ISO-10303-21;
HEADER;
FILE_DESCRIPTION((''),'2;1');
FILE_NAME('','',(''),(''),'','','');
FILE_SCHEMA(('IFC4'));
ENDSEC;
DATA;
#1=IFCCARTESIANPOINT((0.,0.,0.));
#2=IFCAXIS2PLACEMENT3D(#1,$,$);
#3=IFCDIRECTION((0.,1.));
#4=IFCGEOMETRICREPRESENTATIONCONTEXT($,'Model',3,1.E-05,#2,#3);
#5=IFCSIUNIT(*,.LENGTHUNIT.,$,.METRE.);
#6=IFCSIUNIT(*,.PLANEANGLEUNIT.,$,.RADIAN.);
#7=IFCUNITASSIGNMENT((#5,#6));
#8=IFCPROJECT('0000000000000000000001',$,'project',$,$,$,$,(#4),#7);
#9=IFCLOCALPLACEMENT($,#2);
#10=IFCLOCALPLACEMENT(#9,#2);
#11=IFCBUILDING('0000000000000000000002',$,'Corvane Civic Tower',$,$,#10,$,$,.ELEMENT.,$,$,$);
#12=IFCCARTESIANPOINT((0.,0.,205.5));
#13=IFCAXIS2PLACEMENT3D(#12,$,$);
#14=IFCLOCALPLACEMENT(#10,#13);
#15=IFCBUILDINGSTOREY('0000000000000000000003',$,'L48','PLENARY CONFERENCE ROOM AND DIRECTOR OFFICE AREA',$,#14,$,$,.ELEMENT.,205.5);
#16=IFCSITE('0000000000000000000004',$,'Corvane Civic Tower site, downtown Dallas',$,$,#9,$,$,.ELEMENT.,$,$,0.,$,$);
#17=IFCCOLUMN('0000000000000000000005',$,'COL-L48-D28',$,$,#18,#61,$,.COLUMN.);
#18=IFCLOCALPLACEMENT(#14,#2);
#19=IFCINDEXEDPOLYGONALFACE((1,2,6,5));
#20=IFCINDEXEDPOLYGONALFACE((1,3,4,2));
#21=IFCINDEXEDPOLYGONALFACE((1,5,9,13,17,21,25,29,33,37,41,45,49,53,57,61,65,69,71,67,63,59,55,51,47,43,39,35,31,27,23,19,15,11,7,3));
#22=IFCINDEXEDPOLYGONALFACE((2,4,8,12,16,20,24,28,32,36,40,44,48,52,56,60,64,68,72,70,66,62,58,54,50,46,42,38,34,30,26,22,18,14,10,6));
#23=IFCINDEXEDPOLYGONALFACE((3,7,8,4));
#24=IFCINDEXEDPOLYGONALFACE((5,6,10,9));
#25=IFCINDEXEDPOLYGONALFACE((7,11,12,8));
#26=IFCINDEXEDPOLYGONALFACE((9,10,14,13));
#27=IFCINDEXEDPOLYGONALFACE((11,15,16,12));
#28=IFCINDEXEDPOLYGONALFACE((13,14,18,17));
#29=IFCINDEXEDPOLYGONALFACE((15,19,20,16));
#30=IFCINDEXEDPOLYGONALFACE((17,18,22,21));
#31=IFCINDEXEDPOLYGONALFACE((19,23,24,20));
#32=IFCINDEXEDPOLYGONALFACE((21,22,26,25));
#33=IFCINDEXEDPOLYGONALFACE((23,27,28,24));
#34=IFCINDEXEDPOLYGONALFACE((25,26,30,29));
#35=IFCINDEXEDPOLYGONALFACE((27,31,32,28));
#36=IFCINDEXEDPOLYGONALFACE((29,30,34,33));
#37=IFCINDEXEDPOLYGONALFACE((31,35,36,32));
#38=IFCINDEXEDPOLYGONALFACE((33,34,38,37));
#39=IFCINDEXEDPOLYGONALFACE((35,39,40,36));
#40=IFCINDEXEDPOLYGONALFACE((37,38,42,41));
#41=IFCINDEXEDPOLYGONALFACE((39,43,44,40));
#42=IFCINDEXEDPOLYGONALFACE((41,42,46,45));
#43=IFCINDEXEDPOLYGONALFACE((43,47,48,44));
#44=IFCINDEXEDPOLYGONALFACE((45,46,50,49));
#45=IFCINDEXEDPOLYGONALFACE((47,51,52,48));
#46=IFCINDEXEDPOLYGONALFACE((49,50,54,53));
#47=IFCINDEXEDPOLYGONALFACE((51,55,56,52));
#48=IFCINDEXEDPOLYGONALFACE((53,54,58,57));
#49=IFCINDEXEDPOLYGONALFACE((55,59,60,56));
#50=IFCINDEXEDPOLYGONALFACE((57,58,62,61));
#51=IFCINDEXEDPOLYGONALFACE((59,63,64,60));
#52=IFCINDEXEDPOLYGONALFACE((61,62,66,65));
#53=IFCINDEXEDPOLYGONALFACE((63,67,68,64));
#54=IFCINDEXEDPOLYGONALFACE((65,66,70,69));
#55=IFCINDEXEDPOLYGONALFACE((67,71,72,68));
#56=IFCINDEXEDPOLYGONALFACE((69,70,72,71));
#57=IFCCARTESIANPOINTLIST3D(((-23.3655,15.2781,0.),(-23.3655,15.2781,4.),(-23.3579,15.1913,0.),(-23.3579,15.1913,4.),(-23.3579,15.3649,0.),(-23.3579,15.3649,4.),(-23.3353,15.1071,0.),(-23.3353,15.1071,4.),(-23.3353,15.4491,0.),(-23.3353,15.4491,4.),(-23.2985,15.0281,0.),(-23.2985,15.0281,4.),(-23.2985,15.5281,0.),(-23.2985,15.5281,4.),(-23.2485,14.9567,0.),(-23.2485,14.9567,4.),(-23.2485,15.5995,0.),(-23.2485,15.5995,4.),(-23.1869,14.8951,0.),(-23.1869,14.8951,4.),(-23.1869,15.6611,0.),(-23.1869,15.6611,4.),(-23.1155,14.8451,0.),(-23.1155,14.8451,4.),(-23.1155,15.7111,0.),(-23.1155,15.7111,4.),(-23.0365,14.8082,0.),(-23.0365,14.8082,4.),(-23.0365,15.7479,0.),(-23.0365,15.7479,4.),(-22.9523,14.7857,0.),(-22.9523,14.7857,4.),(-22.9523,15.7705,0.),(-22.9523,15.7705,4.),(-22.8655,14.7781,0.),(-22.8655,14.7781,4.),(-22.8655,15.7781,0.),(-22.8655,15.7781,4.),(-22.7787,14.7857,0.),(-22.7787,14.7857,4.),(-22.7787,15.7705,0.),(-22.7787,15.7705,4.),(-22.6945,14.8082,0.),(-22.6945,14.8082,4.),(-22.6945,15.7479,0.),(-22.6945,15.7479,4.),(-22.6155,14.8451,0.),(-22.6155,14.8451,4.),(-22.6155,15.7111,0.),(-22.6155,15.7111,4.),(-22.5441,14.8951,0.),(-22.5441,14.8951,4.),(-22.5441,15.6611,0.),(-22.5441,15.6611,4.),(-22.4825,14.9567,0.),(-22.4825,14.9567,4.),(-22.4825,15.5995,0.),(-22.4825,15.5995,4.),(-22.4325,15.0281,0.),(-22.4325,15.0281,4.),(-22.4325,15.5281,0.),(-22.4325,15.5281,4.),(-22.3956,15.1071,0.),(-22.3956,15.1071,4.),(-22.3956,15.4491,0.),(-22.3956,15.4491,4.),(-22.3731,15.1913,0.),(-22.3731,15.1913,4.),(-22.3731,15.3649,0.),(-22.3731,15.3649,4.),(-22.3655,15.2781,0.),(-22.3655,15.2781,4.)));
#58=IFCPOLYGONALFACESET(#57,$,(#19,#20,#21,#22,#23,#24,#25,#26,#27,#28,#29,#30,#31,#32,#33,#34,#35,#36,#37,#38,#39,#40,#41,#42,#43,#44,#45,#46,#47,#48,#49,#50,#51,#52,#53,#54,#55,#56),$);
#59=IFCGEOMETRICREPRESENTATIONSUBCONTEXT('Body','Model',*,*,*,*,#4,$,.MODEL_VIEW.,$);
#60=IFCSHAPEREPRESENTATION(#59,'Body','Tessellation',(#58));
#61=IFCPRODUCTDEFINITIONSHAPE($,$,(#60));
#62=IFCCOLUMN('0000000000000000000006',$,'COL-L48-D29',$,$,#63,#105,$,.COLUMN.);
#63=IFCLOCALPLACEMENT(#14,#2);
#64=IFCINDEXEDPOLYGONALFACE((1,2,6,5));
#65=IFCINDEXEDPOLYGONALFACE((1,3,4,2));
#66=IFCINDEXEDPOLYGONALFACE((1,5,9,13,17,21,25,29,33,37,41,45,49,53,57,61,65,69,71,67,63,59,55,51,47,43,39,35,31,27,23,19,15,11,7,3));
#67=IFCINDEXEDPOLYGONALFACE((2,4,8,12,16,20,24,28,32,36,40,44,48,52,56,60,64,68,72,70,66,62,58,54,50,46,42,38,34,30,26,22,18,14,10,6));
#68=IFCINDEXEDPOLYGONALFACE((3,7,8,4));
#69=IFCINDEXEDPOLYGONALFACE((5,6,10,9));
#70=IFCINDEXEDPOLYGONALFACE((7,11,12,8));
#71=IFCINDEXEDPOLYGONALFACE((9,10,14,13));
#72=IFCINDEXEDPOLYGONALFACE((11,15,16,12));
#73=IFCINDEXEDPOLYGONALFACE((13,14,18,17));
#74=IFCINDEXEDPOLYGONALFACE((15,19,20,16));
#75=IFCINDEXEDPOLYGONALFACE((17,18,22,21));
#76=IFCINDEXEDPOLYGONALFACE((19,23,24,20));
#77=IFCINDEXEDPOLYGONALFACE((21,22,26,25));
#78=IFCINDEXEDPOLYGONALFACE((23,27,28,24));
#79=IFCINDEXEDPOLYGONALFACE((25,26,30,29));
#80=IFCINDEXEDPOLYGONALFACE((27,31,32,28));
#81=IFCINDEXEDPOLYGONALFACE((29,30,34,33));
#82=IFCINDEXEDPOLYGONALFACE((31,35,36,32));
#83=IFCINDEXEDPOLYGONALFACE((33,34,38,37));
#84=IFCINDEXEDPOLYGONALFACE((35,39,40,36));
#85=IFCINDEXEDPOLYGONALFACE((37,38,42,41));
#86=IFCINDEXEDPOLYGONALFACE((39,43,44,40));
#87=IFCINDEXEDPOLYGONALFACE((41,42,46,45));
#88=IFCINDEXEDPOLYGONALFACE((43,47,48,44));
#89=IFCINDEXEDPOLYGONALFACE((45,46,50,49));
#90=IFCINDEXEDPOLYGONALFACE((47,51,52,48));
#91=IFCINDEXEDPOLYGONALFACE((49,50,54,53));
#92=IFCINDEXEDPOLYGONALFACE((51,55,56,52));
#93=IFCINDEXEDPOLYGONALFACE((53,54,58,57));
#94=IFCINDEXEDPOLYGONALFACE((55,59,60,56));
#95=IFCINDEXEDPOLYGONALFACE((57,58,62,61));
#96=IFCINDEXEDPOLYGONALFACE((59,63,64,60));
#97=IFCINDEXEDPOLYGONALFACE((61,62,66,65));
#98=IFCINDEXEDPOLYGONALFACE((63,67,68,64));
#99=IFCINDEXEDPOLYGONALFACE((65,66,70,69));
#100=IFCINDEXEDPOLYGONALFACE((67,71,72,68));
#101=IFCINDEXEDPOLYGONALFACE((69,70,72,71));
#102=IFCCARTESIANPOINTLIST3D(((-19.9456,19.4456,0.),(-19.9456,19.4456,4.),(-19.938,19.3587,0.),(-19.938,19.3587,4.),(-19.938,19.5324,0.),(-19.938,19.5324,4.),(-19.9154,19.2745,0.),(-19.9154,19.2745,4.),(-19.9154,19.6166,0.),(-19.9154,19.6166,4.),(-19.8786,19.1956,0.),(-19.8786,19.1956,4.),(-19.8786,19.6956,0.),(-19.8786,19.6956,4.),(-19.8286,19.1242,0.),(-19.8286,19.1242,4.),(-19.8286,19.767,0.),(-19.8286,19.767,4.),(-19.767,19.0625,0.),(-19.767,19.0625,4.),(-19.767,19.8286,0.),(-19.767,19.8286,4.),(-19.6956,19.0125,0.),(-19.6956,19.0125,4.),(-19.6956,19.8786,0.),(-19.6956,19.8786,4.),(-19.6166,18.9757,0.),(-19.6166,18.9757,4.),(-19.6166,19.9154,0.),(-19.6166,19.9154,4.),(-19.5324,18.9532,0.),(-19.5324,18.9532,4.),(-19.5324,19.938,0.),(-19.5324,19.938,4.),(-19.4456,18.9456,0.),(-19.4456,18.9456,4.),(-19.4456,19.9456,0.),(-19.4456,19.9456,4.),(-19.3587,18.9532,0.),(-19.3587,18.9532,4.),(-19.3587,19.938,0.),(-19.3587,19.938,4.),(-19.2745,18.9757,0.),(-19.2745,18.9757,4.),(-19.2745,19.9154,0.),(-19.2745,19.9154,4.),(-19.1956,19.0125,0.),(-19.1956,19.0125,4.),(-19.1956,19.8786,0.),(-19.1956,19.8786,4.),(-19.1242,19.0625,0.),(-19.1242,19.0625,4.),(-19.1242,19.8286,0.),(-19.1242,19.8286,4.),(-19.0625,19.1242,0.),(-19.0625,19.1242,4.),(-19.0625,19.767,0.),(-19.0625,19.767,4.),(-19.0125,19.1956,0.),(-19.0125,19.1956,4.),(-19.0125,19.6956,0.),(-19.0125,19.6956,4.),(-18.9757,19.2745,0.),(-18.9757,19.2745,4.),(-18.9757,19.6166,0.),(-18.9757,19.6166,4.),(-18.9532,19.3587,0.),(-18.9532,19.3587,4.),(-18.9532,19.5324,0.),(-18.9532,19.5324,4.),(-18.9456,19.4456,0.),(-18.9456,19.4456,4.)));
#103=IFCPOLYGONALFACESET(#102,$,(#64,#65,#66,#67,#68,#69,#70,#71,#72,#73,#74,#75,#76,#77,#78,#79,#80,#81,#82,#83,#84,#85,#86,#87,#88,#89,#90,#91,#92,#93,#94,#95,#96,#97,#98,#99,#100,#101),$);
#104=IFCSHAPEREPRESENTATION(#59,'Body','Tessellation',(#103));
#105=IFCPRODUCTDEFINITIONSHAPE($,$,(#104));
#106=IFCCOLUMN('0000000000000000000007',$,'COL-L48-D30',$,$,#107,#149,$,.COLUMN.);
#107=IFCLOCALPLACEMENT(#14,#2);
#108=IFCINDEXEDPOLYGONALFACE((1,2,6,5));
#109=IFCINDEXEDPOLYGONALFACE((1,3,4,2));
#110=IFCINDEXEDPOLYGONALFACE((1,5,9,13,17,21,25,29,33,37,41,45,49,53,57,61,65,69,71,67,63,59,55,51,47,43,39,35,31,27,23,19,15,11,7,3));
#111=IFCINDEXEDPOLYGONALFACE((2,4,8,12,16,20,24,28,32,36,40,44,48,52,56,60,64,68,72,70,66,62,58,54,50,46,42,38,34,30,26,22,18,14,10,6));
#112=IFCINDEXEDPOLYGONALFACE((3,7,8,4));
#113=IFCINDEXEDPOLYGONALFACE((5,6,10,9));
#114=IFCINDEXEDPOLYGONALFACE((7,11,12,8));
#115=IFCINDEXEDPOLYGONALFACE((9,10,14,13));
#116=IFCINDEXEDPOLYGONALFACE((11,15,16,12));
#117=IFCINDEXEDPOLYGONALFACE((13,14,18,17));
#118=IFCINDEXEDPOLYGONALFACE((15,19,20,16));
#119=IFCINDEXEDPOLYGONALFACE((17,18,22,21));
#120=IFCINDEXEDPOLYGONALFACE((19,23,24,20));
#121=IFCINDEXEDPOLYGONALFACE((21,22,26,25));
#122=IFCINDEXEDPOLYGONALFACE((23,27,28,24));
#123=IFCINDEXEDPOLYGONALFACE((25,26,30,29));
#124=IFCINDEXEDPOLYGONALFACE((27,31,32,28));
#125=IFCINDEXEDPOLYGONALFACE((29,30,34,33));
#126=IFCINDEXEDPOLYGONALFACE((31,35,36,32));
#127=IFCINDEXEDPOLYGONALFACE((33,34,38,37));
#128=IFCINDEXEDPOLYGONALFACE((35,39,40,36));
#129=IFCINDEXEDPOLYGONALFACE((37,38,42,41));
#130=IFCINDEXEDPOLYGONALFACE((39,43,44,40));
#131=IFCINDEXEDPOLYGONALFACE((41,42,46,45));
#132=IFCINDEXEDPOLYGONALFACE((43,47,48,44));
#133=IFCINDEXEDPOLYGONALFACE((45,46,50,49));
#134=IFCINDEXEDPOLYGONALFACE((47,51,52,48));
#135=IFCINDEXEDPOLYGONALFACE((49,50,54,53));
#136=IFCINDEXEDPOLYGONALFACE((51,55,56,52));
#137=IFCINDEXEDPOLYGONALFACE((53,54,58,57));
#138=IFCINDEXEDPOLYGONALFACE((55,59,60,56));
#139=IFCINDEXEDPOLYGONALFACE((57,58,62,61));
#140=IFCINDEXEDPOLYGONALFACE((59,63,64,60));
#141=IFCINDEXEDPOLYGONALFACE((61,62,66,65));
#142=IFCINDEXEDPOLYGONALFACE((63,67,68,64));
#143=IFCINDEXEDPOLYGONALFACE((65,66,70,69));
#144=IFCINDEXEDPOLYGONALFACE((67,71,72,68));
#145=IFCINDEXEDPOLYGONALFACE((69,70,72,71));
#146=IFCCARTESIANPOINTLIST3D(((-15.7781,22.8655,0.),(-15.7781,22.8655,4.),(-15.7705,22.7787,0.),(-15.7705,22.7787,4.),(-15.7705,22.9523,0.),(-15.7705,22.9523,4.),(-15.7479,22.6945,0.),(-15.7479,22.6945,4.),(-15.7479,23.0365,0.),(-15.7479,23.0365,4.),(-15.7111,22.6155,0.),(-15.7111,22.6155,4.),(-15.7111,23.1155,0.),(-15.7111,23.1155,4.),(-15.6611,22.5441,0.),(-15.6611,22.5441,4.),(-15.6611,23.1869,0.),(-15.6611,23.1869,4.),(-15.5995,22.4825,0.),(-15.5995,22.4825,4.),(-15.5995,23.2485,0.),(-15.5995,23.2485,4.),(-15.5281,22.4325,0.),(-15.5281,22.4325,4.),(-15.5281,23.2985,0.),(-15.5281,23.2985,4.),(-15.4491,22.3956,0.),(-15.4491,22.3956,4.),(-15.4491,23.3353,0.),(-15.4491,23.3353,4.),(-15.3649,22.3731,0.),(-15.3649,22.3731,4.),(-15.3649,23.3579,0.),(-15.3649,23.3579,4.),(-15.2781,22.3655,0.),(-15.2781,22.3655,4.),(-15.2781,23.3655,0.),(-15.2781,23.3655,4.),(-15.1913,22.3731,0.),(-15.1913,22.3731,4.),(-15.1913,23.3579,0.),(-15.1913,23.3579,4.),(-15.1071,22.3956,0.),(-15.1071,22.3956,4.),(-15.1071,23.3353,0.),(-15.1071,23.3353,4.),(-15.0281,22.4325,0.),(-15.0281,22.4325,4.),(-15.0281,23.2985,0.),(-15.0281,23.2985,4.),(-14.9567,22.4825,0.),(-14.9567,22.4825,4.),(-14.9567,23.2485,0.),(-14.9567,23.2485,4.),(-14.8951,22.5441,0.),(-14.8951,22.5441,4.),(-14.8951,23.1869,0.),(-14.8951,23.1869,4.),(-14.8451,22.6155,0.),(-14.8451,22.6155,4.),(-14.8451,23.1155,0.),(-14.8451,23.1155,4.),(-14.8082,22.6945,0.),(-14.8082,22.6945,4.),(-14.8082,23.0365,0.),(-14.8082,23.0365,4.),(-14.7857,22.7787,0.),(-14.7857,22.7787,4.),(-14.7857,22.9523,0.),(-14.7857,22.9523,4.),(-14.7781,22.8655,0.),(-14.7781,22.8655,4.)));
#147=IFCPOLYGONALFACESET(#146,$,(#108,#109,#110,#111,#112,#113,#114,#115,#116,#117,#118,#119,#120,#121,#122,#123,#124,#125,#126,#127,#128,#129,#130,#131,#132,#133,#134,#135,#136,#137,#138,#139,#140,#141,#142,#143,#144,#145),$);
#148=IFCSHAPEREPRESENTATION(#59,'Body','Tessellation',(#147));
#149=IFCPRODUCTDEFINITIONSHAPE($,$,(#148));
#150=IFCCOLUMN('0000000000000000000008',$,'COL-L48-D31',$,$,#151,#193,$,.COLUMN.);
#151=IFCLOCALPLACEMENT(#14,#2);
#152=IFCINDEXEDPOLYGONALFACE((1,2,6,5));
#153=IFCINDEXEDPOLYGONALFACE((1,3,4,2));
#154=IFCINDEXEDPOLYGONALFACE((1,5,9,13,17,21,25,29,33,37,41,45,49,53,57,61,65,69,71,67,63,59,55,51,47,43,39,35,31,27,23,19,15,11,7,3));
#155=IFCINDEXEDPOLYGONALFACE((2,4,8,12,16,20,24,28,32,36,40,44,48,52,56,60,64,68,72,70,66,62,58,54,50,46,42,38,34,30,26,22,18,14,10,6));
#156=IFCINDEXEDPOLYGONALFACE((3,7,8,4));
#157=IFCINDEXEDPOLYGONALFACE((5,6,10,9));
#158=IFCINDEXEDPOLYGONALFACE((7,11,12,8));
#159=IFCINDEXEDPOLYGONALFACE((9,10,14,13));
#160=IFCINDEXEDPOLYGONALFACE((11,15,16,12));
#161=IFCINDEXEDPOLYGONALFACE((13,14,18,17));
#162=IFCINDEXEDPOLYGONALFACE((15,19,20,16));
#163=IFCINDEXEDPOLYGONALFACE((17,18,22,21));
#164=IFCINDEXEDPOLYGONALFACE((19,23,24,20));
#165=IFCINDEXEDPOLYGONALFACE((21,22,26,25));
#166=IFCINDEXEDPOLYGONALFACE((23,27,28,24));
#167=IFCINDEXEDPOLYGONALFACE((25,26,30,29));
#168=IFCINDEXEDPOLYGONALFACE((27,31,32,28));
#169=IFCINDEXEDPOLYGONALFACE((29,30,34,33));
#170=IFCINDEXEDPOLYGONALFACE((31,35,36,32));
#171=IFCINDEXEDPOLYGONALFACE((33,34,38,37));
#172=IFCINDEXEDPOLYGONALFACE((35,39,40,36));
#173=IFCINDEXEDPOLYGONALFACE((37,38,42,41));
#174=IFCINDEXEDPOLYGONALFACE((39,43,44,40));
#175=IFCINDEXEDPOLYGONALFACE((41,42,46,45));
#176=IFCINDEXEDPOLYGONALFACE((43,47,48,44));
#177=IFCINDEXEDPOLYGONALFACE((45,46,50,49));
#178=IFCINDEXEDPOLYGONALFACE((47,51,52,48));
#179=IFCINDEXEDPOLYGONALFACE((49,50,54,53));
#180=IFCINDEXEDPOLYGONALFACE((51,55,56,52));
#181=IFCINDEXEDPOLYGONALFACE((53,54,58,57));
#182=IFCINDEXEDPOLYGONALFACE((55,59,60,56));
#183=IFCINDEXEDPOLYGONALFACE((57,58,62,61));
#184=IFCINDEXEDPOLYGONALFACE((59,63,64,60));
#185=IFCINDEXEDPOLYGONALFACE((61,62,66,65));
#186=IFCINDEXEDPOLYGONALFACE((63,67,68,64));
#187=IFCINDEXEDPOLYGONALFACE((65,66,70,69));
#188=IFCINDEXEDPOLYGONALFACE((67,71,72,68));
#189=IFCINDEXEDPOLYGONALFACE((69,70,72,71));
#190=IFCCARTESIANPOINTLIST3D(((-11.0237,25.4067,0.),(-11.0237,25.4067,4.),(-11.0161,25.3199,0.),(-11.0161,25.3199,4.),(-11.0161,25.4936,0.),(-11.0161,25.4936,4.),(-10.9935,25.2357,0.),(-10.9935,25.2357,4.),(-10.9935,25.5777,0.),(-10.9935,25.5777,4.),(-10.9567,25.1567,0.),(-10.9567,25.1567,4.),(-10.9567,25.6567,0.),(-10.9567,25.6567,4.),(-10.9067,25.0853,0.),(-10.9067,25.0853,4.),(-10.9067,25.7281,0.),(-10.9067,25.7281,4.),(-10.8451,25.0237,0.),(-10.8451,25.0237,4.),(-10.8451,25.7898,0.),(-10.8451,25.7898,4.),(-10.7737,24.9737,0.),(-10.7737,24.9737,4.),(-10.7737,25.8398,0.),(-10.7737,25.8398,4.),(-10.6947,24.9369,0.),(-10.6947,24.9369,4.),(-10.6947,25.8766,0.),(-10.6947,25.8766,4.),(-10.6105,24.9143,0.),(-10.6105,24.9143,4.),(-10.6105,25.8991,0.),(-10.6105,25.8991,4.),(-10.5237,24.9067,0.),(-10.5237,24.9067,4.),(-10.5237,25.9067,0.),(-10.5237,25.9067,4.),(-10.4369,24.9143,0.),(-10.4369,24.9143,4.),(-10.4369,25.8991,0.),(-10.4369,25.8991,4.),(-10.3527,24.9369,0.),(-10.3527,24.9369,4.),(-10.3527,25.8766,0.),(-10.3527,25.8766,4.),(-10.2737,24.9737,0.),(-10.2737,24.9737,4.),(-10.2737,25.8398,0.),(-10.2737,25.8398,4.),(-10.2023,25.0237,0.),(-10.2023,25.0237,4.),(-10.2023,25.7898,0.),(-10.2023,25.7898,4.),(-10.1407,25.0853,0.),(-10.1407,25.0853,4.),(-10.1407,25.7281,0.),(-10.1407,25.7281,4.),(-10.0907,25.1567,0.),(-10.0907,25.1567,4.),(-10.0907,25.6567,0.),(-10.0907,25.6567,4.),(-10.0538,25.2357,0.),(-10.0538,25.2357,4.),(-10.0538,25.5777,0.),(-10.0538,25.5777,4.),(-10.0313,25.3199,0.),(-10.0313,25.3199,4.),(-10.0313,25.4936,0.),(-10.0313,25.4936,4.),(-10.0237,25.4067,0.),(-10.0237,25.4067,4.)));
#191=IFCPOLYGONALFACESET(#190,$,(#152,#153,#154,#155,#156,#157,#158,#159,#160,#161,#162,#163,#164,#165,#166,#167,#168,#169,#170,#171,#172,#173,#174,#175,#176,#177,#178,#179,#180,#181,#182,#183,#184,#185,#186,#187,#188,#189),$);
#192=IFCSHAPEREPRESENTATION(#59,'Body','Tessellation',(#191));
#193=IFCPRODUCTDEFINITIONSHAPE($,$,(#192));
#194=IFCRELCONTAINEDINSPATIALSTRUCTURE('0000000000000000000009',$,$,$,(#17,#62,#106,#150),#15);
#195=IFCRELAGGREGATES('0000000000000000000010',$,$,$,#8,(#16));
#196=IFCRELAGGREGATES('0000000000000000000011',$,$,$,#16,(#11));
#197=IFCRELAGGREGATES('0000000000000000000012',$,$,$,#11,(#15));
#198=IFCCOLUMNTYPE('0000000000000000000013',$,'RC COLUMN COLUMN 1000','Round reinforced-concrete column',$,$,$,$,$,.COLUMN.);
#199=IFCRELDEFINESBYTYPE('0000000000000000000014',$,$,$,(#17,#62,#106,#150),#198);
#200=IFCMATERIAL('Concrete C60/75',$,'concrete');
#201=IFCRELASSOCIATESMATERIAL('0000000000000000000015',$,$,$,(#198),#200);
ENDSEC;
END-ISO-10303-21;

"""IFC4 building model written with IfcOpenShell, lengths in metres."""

from ifc_helpers import new_model, si_unit, direction, frame, origin, origin_2d, place, context, subcontext, project, spatial, circle, extrude, material, material_profile, profile_set, type_object, element, save


model = new_model("IFC4")

# Units and contexts
model_context = context("Model", 3, precision=1e-05, world=origin(), true_north=direction((0.0, 1.0)))
body_context = subcontext(model_context, "Body", "Model", "MODEL_VIEW")
ifc_project = project(units=[si_unit("LENGTHUNIT", "METRE"), si_unit("PLANEANGLEUNIT", "RADIAN")], contexts=[model_context])

# Site, building, storey
site_placement = place(None, origin())
site = spatial("IfcSite", under=ifc_project, at=site_placement, Name="Corvane Civic Tower site, downtown Dallas", CompositionType="ELEMENT", RefElevation=0.0)
building_placement = place(site_placement, origin())
building = spatial("IfcBuilding", under=site, at=building_placement, Name="Corvane Civic Tower", CompositionType="ELEMENT")
storey_placement = place(building_placement, frame((0.0, 0.0, 205.5)))
storey = spatial("IfcBuildingStorey", under=building, at=storey_placement, Name="L48", Description="PLENARY CONFERENCE ROOM AND DIRECTOR OFFICE AREA", CompositionType="ELEMENT", Elevation=205.5)

# Columns
ifc_material_1 = material(Name="Concrete C60/75", Category="concrete")
ifc_material_profile_1 = material_profile(ifc_material_1, circle(Radius=0.5, at=origin_2d()), Name="COLUMN 1000")
ifc_profile_set_1 = profile_set([ifc_material_profile_1], Name="Concrete C60/75")
column_type = type_object("IfcColumnType", Name="RC COLUMN COLUMN 1000", Description="Round reinforced-concrete column", PredefinedType="COLUMN", material=ifc_profile_set_1)
for number, where, z_axis, x_axis, name in (
    (1, (-22.8655, 15.2781, 0.0), (0.0, 0.0, 1.0), (1.0, 0.0, 0.0), "COL-L48-D28"),
    (2, (-19.4456, 19.4456, 0.0), (0.0, 0.0, 1.0), (1.0, 0.0, 0.0), "COL-L48-D29"),
    (3, (-15.2781, 22.8655, 0.0), (0.0, 0.0, 1.0), (1.0, 0.0, 0.0), "COL-L48-D30"),
    (4, (-10.5237, 25.4067, 0.0), (0.0, 0.0, 1.0), (1.0, 0.0, 0.0), "COL-L48-D31"),
):
    element("IfcColumn", number, at=place(storey_placement, frame(where, z_axis=z_axis, x_axis=x_axis)), inside=storey, type_object=column_type, Name=name, PredefinedType="COLUMN", context=body_context, shape_type="SweptSolid", body=[
        extrude(circle(Radius=0.5, at=origin_2d()), origin(), (0.0, 0.0, 1.0), 4.0),
    ])

save(model, "model.ifc")
